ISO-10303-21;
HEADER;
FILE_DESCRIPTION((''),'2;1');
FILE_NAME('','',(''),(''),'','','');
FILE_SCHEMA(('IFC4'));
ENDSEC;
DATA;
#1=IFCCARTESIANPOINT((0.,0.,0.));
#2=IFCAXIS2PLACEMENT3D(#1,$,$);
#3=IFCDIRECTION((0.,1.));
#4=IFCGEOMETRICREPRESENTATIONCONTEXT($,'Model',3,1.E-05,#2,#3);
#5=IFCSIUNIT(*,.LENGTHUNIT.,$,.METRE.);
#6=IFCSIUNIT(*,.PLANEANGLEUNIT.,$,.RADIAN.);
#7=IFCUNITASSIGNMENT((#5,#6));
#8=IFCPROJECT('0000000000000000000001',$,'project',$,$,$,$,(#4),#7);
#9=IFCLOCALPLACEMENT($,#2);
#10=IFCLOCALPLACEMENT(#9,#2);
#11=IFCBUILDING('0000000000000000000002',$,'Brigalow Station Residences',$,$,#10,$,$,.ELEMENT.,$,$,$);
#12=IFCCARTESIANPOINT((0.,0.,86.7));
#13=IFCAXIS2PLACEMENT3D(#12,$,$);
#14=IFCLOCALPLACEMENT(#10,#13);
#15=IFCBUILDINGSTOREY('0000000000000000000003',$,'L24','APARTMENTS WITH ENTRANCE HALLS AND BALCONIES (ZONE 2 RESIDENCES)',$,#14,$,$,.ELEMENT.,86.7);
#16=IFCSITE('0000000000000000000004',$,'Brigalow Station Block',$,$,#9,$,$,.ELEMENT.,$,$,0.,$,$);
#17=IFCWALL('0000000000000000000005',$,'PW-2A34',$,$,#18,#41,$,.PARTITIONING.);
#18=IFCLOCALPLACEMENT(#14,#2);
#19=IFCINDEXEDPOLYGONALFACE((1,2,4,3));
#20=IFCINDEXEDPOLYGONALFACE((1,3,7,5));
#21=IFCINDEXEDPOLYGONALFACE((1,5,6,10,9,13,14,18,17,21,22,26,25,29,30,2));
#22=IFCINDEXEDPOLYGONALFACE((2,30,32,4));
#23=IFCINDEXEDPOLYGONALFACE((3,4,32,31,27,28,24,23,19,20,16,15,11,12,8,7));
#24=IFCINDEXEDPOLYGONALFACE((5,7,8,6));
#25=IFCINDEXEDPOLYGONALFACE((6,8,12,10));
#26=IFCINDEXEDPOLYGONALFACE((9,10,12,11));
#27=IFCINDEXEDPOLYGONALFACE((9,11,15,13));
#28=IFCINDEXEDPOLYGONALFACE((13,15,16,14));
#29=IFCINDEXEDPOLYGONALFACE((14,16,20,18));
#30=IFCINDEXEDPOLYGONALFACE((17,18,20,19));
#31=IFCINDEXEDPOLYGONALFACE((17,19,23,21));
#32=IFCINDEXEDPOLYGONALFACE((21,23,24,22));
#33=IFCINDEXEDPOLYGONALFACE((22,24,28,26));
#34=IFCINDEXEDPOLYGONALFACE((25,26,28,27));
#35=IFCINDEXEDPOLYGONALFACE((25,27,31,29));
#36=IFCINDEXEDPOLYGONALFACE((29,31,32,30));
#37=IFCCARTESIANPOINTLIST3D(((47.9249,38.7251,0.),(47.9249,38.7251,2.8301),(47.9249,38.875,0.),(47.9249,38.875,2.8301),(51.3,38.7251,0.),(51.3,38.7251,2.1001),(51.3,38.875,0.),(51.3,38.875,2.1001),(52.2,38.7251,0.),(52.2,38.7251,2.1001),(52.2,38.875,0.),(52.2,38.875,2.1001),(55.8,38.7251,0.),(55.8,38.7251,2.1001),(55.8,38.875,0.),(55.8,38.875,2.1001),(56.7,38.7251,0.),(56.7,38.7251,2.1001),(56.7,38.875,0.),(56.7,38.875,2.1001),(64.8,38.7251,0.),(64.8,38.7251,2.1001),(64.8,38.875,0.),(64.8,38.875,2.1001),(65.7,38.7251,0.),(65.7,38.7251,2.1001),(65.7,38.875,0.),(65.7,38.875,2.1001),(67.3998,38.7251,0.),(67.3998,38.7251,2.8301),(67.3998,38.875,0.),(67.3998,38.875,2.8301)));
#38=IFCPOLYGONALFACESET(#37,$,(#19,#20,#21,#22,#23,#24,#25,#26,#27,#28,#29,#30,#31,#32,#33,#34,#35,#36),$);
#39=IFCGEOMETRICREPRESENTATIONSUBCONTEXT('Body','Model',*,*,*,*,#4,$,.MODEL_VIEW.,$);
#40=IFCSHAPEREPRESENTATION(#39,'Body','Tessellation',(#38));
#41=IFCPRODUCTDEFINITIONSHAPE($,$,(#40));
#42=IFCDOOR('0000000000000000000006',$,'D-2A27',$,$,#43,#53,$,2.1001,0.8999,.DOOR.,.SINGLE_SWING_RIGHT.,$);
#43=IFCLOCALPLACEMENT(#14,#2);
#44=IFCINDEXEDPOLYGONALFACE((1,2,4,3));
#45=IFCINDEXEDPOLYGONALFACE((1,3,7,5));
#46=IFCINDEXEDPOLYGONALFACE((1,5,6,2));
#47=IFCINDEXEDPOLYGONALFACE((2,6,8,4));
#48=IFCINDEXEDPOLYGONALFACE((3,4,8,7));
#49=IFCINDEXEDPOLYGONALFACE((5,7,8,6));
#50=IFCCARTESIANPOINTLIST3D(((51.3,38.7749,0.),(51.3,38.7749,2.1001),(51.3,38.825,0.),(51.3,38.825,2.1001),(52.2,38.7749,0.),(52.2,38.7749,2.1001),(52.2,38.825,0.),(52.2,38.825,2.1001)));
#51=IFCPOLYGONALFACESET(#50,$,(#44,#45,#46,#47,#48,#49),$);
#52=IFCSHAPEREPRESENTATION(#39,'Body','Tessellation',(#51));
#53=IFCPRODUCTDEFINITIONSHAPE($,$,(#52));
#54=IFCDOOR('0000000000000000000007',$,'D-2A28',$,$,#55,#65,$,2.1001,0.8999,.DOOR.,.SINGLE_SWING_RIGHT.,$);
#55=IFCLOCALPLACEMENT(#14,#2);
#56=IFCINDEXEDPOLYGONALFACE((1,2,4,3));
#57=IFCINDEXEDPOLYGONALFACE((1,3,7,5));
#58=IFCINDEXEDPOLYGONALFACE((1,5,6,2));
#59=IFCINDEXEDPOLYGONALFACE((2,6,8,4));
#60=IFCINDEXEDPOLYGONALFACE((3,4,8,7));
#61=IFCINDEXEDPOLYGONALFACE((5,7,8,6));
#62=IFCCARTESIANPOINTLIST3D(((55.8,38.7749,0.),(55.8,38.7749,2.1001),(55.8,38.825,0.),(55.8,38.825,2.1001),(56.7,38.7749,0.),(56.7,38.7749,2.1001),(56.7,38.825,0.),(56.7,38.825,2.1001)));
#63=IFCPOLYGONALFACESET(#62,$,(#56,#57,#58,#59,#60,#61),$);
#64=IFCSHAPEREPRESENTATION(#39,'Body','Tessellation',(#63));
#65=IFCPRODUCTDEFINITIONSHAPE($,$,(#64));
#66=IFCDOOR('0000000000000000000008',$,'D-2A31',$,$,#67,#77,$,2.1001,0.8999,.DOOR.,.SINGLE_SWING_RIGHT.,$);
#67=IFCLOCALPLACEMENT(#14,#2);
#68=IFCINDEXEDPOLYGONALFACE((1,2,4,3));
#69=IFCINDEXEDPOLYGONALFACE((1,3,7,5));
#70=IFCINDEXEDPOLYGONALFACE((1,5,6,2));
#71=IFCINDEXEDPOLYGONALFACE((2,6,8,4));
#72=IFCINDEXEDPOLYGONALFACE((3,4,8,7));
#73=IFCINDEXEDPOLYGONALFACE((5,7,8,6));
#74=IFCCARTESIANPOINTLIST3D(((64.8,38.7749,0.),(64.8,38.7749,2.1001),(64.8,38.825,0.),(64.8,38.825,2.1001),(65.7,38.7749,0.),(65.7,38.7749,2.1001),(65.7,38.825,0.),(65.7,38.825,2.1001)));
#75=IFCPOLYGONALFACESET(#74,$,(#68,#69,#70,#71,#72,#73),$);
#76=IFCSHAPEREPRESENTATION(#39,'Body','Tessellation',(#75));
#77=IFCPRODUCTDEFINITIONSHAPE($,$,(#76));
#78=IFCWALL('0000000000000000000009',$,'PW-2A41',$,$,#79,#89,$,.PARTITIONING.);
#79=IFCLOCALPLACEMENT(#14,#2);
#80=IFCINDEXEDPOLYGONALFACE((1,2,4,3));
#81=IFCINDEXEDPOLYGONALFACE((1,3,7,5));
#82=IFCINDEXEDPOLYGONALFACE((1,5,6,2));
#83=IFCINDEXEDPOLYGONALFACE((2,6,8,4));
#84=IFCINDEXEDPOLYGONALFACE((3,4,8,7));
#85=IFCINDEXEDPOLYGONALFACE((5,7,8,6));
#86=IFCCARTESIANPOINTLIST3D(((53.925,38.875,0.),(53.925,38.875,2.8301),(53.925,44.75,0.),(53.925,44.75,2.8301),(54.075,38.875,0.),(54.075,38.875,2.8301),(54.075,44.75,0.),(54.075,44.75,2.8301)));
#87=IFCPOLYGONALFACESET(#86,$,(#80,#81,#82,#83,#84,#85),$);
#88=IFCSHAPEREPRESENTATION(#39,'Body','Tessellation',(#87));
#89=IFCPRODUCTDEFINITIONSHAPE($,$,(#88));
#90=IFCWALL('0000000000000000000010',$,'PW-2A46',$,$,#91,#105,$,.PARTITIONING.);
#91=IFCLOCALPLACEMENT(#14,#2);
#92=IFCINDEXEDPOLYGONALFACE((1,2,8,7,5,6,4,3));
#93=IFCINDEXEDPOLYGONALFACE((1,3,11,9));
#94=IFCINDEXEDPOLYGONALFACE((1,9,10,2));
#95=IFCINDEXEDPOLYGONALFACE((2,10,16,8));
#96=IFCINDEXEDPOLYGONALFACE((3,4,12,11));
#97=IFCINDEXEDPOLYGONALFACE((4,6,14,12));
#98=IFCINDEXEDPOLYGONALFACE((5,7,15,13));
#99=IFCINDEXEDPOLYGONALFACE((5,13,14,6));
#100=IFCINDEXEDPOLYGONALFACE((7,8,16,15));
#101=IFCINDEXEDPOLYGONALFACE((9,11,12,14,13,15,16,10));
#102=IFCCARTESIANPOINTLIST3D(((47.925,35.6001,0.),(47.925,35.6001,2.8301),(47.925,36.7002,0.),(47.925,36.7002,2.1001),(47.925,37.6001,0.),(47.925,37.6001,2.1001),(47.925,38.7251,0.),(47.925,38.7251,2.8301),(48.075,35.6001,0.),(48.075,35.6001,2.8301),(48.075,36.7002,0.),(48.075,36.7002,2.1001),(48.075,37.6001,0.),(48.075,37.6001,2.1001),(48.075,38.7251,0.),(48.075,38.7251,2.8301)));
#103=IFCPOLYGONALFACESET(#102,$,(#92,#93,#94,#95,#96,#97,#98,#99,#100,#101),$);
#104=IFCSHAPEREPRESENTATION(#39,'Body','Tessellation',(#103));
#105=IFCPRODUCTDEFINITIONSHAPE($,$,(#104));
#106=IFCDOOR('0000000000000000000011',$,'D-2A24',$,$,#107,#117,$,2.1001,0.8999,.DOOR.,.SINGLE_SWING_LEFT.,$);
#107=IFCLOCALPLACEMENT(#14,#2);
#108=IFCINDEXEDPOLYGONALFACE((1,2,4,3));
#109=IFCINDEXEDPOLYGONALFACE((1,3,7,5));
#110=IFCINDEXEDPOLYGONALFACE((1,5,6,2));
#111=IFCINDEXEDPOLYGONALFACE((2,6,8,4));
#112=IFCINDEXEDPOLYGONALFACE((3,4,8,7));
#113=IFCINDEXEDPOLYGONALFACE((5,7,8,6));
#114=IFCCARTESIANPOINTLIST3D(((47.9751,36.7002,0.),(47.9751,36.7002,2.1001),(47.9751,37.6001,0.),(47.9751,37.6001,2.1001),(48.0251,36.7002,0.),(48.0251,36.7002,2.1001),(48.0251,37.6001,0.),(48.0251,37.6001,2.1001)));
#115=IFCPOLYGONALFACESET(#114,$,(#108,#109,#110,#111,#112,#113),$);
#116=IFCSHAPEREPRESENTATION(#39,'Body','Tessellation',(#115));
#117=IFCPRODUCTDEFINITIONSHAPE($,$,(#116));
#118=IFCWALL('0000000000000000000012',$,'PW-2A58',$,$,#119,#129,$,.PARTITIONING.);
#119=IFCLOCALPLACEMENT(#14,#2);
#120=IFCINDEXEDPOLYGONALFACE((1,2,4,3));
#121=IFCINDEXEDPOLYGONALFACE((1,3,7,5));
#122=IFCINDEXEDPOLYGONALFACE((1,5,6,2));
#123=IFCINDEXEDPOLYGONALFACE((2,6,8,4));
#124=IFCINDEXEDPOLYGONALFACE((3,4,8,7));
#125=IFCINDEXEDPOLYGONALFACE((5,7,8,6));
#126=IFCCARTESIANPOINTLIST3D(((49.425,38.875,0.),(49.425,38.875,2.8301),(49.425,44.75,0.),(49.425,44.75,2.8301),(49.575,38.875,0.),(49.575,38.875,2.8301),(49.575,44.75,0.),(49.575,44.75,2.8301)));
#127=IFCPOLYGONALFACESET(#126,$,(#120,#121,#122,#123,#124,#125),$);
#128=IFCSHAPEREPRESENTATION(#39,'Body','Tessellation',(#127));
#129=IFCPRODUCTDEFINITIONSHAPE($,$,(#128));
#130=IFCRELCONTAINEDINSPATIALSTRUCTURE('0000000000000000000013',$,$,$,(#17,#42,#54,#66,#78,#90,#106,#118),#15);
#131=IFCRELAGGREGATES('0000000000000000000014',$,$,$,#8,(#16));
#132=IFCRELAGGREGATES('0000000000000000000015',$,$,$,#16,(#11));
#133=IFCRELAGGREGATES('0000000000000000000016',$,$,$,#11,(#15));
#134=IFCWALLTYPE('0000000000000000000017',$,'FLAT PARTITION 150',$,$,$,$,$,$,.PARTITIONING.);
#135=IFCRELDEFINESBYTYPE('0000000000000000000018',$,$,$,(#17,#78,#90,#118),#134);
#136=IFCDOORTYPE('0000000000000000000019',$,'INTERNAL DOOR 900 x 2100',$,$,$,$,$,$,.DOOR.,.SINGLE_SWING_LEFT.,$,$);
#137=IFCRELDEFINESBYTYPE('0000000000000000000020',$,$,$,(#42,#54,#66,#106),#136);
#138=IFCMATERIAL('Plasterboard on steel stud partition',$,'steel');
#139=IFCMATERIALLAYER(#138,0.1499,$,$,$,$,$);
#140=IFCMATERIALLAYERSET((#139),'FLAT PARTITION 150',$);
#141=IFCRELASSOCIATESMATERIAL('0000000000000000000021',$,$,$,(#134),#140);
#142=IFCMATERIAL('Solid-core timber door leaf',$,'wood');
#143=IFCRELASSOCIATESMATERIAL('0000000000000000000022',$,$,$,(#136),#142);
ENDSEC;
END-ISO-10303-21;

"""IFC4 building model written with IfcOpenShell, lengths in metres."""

from ifc_helpers import new_model, si_unit, direction, frame, frame_2d, origin, place, context, subcontext, project, spatial, rectangle, extrude, material, layer, layer_set, type_object, element, fill, save


model = new_model("IFC4")

# Units and contexts
model_context = context("Model", 3, precision=1e-05, world=origin(), true_north=direction((0.0, 1.0)))
body_context = subcontext(model_context, "Body", "Model", "MODEL_VIEW")
ifc_project = project(units=[si_unit("LENGTHUNIT", "METRE"), si_unit("PLANEANGLEUNIT", "RADIAN")], contexts=[model_context])

# Site, building, storey
site_placement = place(None, origin())
site = spatial("IfcSite", under=ifc_project, at=site_placement, Name="Brigalow Station Block", CompositionType="ELEMENT", RefElevation=0.0)
building_placement = place(site_placement, origin())
building = spatial("IfcBuilding", under=site, at=building_placement, Name="Brigalow Station Residences", CompositionType="ELEMENT")
storey_placement = place(building_placement, frame((0.0, 0.0, 86.7)))
storey = spatial("IfcBuildingStorey", under=building, at=storey_placement, Name="L24", Description="APARTMENTS WITH ENTRANCE HALLS AND BALCONIES (ZONE 2 RESIDENCES)", CompositionType="ELEMENT", Elevation=86.7)

# Wall, openings, doors
ifc_material_1 = material(Name="Plasterboard on steel stud partition", Category="steel")
ifc_layer_1 = layer(ifc_material_1, 0.1499)
ifc_layer_set_1 = layer_set([ifc_layer_1], Name="FLAT PARTITION 150")
wall_type_1 = type_object("IfcWallType", Name="FLAT PARTITION 150", PredefinedType="PARTITIONING", material=ifc_layer_set_1)
wall_1_placement = place(storey_placement, frame((47.925, 38.8, 0.0), z_axis=(0.0, 0.0, 1.0), x_axis=(1.0, 0.0, 0.0)))
wall_1 = element("IfcWall", 1, at=wall_1_placement, inside=storey, type_object=wall_type_1, Name="PW-2A34", PredefinedType="PARTITIONING", context=body_context, shape_type="SweptSolid", body=[
    extrude(rectangle(XDim=19.4749, YDim=0.1499, at=frame_2d((9.7373, 0.0))), origin(), (0.0, 0.0, 1.0), 2.8301),
])
opening_1_placement = place(wall_1_placement, frame((3.375, 0.0, 0.0)))
opening_1 = element("IfcOpeningElement", 2, at=opening_1_placement, cuts=wall_1, PredefinedType="OPENING", context=body_context, shape_type="SweptSolid", body=[
    extrude(rectangle(XDim=0.8999, YDim=2.1001, at=frame_2d((0.45, 1.05))), frame((0.0, 0.085, 0.0), z_axis=(0.0, -1.0, 0.0), x_axis=(1.0, 0.0, 0.0)), (0.0, 0.0, 1.0), 0.1699),
])
opening_2_placement = place(wall_1_placement, frame((7.875, 0.0, 0.0)))
opening_2 = element("IfcOpeningElement", 3, at=opening_2_placement, cuts=wall_1, PredefinedType="OPENING", context=body_context, shape_type="SweptSolid", body=[
    extrude(rectangle(XDim=0.8999, YDim=2.1001, at=frame_2d((0.45, 1.05))), frame((0.0, 0.085, 0.0), z_axis=(0.0, -1.0, 0.0), x_axis=(1.0, 0.0, 0.0)), (0.0, 0.0, 1.0), 0.1699),
])
opening_3_placement = place(wall_1_placement, frame((16.875, 0.0, 0.0)))
opening_3 = element("IfcOpeningElement", 4, at=opening_3_placement, cuts=wall_1, PredefinedType="OPENING", context=body_context, shape_type="SweptSolid", body=[
    extrude(rectangle(XDim=0.8999, YDim=2.1001, at=frame_2d((0.45, 1.05))), frame((0.0, 0.085, 0.0), z_axis=(0.0, -1.0, 0.0), x_axis=(1.0, 0.0, 0.0)), (0.0, 0.0, 1.0), 0.1699),
])
ifc_material_2 = material(Name="Solid-core timber door leaf", Category="wood")
door_type_1 = type_object("IfcDoorType", Name="INTERNAL DOOR 900 x 2100", OperationType="SINGLE_SWING_LEFT", PredefinedType="DOOR", material=ifc_material_2)
door_1_placement = place(opening_1_placement, origin())
door_1 = element("IfcDoor", 5, at=door_1_placement, inside=storey, type_object=door_type_1, Name="D-2A27", OperationType="SINGLE_SWING_RIGHT", OverallHeight=2.1001, OverallWidth=0.8999, PredefinedType="DOOR", context=body_context, shape_type="SweptSolid", body=[
    extrude(rectangle(XDim=0.8999, YDim=2.1001, at=frame_2d((0.45, 1.05))), frame((0.0, 0.0249, 0.0), z_axis=(0.0, -1.0, 0.0), x_axis=(1.0, 0.0, 0.0)), (0.0, 0.0, 1.0), 0.05),
])
fill(opening_1, door_1)
door_2_placement = place(opening_2_placement, origin())
door_2 = element("IfcDoor", 6, at=door_2_placement, inside=storey, type_object=door_type_1, Name="D-2A28", OperationType="SINGLE_SWING_RIGHT", OverallHeight=2.1001, OverallWidth=0.8999, PredefinedType="DOOR", context=body_context, shape_type="SweptSolid", body=[
    extrude(rectangle(XDim=0.8999, YDim=2.1001, at=frame_2d((0.45, 1.05))), frame((0.0, 0.0249, 0.0), z_axis=(0.0, -1.0, 0.0), x_axis=(1.0, 0.0, 0.0)), (0.0, 0.0, 1.0), 0.05),
])
fill(opening_2, door_2)
door_3_placement = place(opening_3_placement, origin())
door_3 = element("IfcDoor", 7, at=door_3_placement, inside=storey, type_object=door_type_1, Name="D-2A31", OperationType="SINGLE_SWING_RIGHT", OverallHeight=2.1001, OverallWidth=0.8999, PredefinedType="DOOR", context=body_context, shape_type="SweptSolid", body=[
    extrude(rectangle(XDim=0.8999, YDim=2.1001, at=frame_2d((0.45, 1.05))), frame((0.0, 0.0249, 0.0), z_axis=(0.0, -1.0, 0.0), x_axis=(1.0, 0.0, 0.0)), (0.0, 0.0, 1.0), 0.05),
])
fill(opening_3, door_3)

# Wall
wall_2_placement = place(storey_placement, frame((54.0, 38.875, 0.0), z_axis=(0.0, 0.0, 1.0), x_axis=(0.0, 1.0, 0.0)))
element("IfcWall", 8, at=wall_2_placement, inside=storey, type_object=wall_type_1, Name="PW-2A41", PredefinedType="PARTITIONING", context=body_context, shape_type="SweptSolid", body=[
    extrude(rectangle(XDim=5.875, YDim=0.1499, at=frame_2d((2.9375, 0.0))), origin(), (0.0, 0.0, 1.0), 2.8301),
])

# Wall, opening, door
wall_3_placement = place(storey_placement, frame((48.0, 35.6001, 0.0), z_axis=(0.0, 0.0, 1.0), x_axis=(0.0, 1.0, 0.0)))
wall_3 = element("IfcWall", 9, at=wall_3_placement, inside=storey, type_object=wall_type_1, Name="PW-2A46", PredefinedType="PARTITIONING", context=body_context, shape_type="SweptSolid", body=[
    extrude(rectangle(XDim=3.125, YDim=0.1499, at=frame_2d((1.5625, 0.0))), origin(), (0.0, 0.0, 1.0), 2.8301),
])
opening_4_placement = place(wall_3_placement, frame((1.1001, 0.0, 0.0)))
opening_4 = element("IfcOpeningElement", 10, at=opening_4_placement, cuts=wall_3, PredefinedType="OPENING", context=body_context, shape_type="SweptSolid", body=[
    extrude(rectangle(XDim=0.8999, YDim=2.1001, at=frame_2d((0.45, 1.05))), frame((0.0, 0.085, 0.0), z_axis=(0.0, -1.0, 0.0), x_axis=(1.0, 0.0, 0.0)), (0.0, 0.0, 1.0), 0.1699),
])
door_4_placement = place(opening_4_placement, origin())
door_4 = element("IfcDoor", 11, at=door_4_placement, inside=storey, type_object=door_type_1, Name="D-2A24", OperationType="SINGLE_SWING_LEFT", OverallHeight=2.1001, OverallWidth=0.8999, PredefinedType="DOOR", context=body_context, shape_type="SweptSolid", body=[
    extrude(rectangle(XDim=0.8999, YDim=2.1001, at=frame_2d((0.45, 1.05))), frame((0.0, 0.0249, 0.0), z_axis=(0.0, -1.0, 0.0), x_axis=(1.0, 0.0, 0.0)), (0.0, 0.0, 1.0), 0.05),
])
fill(opening_4, door_4)

# Wall
wall_4_placement = place(storey_placement, frame((49.5, 38.875, 0.0), z_axis=(0.0, 0.0, 1.0), x_axis=(0.0, 1.0, 0.0)))
element("IfcWall", 12, at=wall_4_placement, inside=storey, type_object=wall_type_1, Name="PW-2A58", PredefinedType="PARTITIONING", context=body_context, shape_type="SweptSolid", body=[
    extrude(rectangle(XDim=5.875, YDim=0.1499, at=frame_2d((2.9375, 0.0))), origin(), (0.0, 0.0, 1.0), 2.8301),
])

save(model, "model.ifc")
